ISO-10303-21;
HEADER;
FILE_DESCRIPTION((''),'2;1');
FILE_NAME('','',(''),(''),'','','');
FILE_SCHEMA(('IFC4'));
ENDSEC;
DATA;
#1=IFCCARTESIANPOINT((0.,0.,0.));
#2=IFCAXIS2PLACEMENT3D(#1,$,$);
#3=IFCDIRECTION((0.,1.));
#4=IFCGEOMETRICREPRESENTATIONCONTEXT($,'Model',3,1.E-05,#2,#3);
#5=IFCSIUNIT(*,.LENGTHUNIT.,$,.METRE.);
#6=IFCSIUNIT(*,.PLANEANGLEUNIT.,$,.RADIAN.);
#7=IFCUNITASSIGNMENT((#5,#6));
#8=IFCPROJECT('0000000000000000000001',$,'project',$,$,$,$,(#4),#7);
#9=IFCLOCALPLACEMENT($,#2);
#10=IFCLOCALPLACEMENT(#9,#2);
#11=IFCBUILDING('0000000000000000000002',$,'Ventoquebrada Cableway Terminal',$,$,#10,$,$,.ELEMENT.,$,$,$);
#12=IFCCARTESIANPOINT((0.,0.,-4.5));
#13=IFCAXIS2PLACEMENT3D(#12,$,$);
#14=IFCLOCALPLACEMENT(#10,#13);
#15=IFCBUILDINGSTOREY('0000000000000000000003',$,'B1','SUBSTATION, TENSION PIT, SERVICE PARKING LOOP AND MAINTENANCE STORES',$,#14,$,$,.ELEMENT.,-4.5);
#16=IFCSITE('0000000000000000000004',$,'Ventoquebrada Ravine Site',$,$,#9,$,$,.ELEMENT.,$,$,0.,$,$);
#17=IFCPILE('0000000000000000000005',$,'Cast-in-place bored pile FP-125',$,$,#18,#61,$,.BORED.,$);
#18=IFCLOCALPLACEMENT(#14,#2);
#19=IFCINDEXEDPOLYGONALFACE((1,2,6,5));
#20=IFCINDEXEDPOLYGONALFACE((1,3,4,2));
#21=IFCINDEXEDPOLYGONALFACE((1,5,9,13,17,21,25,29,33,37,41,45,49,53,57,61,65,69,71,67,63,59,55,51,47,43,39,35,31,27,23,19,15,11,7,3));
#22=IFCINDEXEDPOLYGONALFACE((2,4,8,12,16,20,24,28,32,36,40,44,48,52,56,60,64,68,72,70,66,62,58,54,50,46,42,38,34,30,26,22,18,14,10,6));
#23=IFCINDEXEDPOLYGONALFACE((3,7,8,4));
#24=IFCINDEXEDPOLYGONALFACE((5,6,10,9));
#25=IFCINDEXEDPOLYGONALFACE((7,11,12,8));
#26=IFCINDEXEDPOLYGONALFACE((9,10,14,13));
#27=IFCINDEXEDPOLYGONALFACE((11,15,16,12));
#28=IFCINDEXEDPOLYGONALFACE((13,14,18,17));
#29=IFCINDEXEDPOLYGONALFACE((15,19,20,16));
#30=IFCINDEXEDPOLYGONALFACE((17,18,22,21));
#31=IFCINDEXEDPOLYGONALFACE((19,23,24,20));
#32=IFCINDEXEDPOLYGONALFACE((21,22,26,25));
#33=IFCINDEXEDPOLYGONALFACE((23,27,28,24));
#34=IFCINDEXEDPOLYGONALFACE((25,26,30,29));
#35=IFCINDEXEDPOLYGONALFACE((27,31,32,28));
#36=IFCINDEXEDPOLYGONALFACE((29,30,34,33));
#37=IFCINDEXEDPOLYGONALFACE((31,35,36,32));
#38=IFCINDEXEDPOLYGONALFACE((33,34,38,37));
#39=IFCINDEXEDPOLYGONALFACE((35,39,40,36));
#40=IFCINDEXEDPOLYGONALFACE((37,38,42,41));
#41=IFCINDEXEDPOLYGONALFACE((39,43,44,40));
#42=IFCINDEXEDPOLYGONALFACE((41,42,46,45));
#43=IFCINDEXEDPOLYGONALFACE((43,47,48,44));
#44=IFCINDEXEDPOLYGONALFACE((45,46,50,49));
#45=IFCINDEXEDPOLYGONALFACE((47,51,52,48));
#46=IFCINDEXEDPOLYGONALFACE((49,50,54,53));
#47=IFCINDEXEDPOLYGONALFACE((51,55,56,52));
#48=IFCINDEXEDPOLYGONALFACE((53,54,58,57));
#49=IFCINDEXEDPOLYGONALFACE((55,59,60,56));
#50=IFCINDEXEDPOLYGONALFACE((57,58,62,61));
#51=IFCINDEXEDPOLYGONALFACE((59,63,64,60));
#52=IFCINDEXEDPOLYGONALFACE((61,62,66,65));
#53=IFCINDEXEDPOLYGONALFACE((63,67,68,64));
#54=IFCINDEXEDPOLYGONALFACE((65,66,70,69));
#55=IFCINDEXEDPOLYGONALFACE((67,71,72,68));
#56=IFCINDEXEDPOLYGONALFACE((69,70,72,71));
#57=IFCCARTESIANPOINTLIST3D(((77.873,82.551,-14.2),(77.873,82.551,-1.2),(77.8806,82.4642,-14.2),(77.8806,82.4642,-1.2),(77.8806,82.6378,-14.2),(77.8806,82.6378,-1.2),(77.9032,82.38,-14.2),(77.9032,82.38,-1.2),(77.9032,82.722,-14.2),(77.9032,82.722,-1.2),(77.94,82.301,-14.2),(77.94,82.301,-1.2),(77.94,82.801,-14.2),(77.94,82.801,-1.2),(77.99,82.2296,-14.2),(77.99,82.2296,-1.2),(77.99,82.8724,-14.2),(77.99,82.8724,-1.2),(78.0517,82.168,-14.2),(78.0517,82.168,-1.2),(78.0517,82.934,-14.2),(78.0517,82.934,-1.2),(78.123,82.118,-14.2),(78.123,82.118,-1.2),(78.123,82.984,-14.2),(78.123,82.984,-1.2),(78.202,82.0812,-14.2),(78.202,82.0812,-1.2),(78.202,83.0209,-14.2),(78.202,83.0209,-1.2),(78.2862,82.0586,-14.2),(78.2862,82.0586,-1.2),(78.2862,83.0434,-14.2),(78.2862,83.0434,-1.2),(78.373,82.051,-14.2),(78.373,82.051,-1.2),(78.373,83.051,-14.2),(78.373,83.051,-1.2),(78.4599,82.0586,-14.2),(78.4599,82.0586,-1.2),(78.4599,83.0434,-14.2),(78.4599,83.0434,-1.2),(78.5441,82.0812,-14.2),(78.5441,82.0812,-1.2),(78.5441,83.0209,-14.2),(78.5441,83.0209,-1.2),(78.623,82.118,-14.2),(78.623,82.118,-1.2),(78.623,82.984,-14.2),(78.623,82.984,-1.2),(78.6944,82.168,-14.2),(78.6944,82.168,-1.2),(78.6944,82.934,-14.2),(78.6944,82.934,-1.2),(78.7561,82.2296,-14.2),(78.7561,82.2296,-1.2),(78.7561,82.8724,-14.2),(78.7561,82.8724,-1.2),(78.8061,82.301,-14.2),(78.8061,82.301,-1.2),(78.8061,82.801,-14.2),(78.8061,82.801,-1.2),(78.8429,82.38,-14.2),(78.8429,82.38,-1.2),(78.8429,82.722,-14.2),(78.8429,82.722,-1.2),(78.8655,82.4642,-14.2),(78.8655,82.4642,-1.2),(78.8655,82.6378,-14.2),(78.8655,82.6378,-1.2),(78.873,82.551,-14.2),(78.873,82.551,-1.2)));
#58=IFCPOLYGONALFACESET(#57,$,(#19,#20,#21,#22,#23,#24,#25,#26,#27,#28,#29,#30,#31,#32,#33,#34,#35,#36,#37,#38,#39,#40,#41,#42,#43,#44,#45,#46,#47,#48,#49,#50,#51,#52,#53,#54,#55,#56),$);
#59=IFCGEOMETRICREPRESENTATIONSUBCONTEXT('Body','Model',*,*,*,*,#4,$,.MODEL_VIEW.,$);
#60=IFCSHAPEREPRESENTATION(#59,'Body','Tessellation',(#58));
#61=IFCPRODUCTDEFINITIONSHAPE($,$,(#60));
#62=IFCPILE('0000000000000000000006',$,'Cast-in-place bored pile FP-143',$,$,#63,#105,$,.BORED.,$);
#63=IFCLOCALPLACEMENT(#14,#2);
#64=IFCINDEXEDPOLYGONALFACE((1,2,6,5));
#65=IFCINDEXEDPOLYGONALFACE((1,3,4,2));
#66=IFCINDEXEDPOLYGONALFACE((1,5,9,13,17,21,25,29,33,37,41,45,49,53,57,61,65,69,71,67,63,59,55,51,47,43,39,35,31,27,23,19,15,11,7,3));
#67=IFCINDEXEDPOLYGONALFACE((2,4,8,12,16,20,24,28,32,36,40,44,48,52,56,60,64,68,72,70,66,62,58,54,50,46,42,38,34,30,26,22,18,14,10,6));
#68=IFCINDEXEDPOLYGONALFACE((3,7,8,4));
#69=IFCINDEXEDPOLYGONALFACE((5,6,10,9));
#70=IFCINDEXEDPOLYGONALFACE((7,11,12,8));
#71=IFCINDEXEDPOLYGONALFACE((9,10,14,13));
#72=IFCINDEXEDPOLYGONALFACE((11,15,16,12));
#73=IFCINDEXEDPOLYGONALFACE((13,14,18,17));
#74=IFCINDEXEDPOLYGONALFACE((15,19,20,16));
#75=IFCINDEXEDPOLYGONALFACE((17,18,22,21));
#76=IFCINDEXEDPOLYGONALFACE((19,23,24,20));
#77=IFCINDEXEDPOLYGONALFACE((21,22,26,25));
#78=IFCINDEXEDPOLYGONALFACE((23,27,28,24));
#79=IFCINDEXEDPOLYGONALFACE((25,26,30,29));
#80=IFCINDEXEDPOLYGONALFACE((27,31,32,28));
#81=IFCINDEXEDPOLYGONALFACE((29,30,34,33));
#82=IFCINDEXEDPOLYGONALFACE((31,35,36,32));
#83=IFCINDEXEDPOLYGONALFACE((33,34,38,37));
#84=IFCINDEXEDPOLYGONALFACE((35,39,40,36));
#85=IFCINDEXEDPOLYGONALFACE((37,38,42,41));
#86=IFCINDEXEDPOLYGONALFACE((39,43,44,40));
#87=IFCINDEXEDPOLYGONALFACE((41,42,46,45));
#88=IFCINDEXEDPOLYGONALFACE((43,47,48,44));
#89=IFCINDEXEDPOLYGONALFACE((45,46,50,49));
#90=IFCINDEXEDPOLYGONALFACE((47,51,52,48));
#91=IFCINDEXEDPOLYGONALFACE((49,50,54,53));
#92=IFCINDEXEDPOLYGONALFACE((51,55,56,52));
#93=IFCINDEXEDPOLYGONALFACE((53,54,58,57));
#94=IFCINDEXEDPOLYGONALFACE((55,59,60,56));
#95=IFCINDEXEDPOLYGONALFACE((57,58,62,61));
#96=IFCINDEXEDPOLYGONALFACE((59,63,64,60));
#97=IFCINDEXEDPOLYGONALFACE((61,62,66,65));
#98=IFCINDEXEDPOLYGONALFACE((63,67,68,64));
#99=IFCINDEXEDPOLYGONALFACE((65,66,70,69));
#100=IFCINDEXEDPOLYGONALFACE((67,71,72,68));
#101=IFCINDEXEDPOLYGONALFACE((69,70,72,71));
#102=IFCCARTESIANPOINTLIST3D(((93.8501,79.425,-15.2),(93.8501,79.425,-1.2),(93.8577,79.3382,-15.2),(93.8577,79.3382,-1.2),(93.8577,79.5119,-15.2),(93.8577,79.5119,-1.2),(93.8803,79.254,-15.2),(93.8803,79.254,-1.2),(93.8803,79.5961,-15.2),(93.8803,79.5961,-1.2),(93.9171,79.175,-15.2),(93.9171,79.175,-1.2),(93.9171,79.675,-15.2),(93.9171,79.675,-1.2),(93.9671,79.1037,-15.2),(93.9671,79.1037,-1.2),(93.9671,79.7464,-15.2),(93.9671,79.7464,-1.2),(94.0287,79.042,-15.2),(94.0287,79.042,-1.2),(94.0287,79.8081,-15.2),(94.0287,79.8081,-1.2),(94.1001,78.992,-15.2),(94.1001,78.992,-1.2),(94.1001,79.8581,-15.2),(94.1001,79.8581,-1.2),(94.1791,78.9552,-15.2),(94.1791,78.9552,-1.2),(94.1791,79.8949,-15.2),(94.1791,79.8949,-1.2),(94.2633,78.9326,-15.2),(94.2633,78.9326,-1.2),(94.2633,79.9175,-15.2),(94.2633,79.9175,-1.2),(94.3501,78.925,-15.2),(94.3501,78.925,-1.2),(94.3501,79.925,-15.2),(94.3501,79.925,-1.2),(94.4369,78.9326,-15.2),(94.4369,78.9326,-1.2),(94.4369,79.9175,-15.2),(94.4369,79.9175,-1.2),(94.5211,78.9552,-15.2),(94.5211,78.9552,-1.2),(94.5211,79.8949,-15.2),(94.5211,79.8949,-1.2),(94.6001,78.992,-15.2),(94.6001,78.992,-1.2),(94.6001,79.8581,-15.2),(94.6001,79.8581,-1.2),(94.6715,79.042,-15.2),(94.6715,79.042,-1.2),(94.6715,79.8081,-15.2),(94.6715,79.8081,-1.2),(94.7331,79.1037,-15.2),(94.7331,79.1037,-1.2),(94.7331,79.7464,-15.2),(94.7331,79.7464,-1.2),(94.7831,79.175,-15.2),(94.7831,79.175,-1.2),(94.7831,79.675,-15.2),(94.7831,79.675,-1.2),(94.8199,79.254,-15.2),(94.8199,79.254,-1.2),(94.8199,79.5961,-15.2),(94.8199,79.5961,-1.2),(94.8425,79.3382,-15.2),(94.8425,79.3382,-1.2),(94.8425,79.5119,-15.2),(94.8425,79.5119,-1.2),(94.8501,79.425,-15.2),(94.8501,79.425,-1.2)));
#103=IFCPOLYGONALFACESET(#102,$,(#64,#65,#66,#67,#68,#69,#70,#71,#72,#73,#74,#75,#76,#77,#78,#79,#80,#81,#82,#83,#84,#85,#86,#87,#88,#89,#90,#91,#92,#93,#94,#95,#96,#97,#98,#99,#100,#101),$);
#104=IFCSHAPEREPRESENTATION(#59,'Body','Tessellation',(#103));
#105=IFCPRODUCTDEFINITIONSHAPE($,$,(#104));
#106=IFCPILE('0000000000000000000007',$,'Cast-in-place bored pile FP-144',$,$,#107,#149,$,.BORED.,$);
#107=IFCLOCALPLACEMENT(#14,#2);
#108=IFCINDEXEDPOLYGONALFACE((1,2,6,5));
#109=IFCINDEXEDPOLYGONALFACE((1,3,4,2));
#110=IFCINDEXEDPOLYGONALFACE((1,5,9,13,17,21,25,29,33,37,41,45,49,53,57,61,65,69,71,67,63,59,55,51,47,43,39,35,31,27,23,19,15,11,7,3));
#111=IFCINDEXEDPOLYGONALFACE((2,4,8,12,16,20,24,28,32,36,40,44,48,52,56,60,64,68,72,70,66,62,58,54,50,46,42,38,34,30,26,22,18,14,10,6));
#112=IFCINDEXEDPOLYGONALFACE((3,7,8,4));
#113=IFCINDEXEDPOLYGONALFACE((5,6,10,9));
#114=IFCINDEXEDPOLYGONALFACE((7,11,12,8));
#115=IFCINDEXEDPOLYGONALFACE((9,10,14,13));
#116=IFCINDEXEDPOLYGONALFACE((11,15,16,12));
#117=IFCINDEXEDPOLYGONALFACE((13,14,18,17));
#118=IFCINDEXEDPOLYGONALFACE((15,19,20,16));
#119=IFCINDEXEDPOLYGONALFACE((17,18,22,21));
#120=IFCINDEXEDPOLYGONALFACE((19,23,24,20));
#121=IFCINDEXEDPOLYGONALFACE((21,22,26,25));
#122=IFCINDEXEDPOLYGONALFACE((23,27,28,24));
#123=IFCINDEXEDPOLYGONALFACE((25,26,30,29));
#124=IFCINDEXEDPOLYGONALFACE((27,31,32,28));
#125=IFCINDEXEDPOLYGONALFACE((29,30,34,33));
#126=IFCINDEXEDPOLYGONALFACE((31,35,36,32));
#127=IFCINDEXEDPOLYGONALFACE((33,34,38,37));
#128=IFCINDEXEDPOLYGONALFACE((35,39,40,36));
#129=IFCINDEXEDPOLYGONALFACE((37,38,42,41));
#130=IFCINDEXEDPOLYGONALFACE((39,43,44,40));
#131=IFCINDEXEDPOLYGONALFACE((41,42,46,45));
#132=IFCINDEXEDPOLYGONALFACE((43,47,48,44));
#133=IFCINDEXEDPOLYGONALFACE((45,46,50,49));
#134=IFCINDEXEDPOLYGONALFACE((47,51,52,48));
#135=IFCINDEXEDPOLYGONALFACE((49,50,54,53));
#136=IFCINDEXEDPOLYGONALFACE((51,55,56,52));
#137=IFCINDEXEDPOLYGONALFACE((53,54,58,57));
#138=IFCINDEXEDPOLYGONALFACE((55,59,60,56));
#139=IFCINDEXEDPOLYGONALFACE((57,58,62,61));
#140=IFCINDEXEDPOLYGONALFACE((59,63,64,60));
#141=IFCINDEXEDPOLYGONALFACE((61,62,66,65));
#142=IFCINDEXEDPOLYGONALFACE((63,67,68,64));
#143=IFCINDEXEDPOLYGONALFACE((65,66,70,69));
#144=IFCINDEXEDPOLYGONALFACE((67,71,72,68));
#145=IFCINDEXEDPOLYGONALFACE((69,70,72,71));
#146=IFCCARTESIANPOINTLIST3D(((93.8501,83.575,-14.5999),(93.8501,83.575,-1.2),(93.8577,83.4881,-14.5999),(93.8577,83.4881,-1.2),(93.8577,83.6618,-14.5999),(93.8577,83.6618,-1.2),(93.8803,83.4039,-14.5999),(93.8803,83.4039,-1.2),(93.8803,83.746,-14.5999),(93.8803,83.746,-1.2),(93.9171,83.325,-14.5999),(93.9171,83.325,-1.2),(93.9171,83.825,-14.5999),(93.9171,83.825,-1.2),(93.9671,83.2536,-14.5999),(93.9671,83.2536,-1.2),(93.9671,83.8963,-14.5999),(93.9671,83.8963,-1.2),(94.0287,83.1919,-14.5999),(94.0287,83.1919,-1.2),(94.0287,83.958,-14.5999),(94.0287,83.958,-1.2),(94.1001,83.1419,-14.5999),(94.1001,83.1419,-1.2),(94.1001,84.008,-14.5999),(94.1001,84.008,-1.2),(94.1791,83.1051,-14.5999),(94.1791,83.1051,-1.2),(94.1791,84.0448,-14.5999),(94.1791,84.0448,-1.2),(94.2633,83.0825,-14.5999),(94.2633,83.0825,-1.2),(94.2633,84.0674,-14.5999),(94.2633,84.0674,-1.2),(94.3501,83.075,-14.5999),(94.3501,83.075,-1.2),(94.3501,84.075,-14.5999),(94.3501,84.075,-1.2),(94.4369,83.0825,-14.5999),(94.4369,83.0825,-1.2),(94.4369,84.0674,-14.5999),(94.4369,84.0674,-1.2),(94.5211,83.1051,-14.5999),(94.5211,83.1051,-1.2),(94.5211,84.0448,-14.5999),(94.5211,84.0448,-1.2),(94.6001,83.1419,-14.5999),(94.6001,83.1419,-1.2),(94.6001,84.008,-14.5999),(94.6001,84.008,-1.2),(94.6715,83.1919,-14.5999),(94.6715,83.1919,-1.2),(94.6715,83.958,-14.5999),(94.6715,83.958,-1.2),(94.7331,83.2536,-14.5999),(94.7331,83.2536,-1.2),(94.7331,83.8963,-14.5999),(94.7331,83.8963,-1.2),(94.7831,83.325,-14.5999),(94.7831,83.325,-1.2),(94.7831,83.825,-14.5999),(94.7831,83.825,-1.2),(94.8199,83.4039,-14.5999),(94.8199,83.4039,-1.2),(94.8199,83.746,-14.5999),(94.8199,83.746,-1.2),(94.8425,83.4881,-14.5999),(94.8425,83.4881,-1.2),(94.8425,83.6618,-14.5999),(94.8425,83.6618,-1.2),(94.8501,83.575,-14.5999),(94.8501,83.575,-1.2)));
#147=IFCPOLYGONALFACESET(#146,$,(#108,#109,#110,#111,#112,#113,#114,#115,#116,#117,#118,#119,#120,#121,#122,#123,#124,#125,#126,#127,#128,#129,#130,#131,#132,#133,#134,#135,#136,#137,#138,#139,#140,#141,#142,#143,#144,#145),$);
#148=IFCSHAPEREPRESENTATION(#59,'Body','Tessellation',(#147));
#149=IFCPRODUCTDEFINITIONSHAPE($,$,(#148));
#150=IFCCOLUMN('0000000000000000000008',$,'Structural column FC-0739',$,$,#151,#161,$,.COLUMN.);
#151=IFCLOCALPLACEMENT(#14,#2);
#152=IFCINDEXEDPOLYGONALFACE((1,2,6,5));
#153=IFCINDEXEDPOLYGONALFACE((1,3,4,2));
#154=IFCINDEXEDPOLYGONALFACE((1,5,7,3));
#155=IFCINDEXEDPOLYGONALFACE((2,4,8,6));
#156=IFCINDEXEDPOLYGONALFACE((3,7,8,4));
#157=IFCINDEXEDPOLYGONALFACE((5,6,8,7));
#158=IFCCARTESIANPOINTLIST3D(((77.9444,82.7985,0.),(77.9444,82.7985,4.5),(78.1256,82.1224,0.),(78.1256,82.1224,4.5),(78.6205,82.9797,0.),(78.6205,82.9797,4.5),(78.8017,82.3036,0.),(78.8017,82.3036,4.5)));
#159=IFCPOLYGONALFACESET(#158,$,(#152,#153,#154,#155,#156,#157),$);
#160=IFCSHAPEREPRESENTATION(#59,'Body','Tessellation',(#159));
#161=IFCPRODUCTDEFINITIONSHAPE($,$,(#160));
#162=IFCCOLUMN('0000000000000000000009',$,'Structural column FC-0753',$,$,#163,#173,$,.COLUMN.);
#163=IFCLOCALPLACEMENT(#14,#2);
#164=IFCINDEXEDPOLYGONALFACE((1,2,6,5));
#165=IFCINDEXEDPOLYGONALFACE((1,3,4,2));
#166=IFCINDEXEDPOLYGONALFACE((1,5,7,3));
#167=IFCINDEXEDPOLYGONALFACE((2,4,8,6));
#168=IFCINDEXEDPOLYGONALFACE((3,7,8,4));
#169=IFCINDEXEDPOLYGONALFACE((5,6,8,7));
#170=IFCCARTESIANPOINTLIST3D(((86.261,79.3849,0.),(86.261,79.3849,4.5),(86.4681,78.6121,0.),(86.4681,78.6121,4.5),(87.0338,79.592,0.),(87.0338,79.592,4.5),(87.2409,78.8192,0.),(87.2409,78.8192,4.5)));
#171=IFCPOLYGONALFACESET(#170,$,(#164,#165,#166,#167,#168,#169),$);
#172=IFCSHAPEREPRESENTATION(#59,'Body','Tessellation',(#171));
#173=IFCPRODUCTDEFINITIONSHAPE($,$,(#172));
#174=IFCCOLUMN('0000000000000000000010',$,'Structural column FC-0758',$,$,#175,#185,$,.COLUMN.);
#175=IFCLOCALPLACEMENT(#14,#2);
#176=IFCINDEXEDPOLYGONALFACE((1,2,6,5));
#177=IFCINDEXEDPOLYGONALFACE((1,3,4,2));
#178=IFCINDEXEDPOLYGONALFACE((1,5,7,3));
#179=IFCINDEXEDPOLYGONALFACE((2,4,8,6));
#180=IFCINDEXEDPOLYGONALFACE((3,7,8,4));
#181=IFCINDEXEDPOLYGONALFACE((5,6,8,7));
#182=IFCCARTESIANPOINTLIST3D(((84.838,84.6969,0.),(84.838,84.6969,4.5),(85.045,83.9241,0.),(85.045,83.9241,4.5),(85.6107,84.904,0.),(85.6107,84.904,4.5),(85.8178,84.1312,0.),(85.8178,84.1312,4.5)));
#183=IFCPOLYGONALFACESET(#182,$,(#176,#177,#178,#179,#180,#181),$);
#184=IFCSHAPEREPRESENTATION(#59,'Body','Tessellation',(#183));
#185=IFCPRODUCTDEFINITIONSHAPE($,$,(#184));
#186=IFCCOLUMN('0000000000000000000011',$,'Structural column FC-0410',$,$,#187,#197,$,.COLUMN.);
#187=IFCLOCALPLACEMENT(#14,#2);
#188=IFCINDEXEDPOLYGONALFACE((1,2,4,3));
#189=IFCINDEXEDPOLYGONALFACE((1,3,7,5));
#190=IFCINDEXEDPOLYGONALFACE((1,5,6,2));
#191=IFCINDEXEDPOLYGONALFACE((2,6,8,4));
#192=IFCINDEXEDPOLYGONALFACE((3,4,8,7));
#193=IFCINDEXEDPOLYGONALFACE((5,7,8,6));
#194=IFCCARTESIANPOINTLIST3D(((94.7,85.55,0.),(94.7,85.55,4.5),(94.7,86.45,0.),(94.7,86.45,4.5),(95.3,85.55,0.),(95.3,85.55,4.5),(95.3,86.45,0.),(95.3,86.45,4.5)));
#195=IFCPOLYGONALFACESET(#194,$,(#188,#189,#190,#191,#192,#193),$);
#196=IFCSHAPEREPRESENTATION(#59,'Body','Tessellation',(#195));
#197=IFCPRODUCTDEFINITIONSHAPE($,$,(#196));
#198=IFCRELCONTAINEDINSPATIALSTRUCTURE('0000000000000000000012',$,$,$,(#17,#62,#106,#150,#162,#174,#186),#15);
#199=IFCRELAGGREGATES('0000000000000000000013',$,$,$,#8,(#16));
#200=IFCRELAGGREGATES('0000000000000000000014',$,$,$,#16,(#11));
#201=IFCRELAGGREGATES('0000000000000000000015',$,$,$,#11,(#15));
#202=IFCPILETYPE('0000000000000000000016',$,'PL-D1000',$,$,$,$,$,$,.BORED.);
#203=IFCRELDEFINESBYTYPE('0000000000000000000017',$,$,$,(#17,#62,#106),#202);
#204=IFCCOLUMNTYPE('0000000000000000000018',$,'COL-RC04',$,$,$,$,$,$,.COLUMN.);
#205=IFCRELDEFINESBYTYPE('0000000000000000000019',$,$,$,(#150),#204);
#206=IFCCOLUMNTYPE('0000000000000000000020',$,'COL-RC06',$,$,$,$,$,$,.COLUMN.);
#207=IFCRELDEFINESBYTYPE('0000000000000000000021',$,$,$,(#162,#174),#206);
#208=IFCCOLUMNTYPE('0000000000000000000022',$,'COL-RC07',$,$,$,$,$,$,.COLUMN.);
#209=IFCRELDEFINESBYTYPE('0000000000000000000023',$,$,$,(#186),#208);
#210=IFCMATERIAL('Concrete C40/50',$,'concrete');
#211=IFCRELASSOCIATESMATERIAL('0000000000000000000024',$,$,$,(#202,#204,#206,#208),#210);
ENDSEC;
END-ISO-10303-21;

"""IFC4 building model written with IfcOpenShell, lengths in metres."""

from ifc_helpers import new_model, si_unit, direction, frame, origin, origin_2d, place, context, subcontext, project, spatial, rectangle, circle, extrude, material, material_profile, profile_set, type_object, element, save


model = new_model("IFC4")

# Units and contexts
model_context = context("Model", 3, precision=1e-05, world=origin(), true_north=direction((0.0, 1.0)))
body_context = subcontext(model_context, "Body", "Model", "MODEL_VIEW")
ifc_project = project(units=[si_unit("LENGTHUNIT", "METRE"), si_unit("PLANEANGLEUNIT", "RADIAN")], contexts=[model_context])

# Site, building, storey
site_placement = place(None, origin())
site = spatial("IfcSite", under=ifc_project, at=site_placement, Name="Ventoquebrada Ravine Site", CompositionType="ELEMENT", RefElevation=0.0)
building_placement = place(site_placement, origin())
building = spatial("IfcBuilding", under=site, at=building_placement, Name="Ventoquebrada Cableway Terminal", CompositionType="ELEMENT")
storey_placement = place(building_placement, frame((0.0, 0.0, -4.5)))
storey = spatial("IfcBuildingStorey", under=building, at=storey_placement, Name="B1", Description="SUBSTATION, TENSION PIT, SERVICE PARKING LOOP AND MAINTENANCE STORES", CompositionType="ELEMENT", Elevation=-4.5)

# Shared definitions
ifc_material = material(Name="Concrete C40/50", Category="concrete")

# Piles
ifc_material_profile_1 = material_profile(ifc_material, circle(Radius=0.5, at=origin_2d()), Name="PILE-D1000")
ifc_profile_set_1 = profile_set([ifc_material_profile_1], Name="Concrete C40/50")
pile_type = type_object("IfcPileType", Name="PL-D1000", PredefinedType="BORED", material=ifc_profile_set_1)
pile_1_placement = place(storey_placement, frame((78.373, 82.551, -1.2), z_axis=(0.0, 0.0, -1.0), x_axis=(1.0, 0.0, 0.0)))
element("IfcPile", 1, at=pile_1_placement, inside=storey, type_object=pile_type, Name="Cast-in-place bored pile FP-125", PredefinedType="BORED", context=body_context, shape_type="SweptSolid", body=[
    extrude(circle(Radius=0.5, at=origin_2d()), origin(), (0.0, 0.0, 1.0), 13.0),
])
pile_2_placement = place(storey_placement, frame((94.3501, 79.425, -1.2), z_axis=(0.0, 0.0, -1.0), x_axis=(1.0, 0.0, 0.0)))
element("IfcPile", 2, at=pile_2_placement, inside=storey, type_object=pile_type, Name="Cast-in-place bored pile FP-143", PredefinedType="BORED", context=body_context, shape_type="SweptSolid", body=[
    extrude(circle(Radius=0.5, at=origin_2d()), origin(), (0.0, 0.0, 1.0), 14.0),
])
pile_3_placement = place(storey_placement, frame((94.3501, 83.575, -1.2), z_axis=(0.0, 0.0, -1.0), x_axis=(1.0, 0.0, 0.0)))
element("IfcPile", 3, at=pile_3_placement, inside=storey, type_object=pile_type, Name="Cast-in-place bored pile FP-144", PredefinedType="BORED", context=body_context, shape_type="SweptSolid", body=[
    extrude(circle(Radius=0.5, at=origin_2d()), origin(), (0.0, 0.0, 1.0), 13.3999),
])

# Columns
ifc_material_profile_2 = material_profile(ifc_material, rectangle(XDim=0.7, YDim=0.7, at=origin_2d()), Name="RC-COL-700X700")
ifc_profile_set_2 = profile_set([ifc_material_profile_2], Name="Concrete C40/50")
column_type_1 = type_object("IfcColumnType", Name="COL-RC04", PredefinedType="COLUMN", material=ifc_profile_set_2)
column_1_placement = place(storey_placement, frame((78.373, 82.551, 0.0), z_axis=(0.0, 0.0, 1.0), x_axis=(0.965926, 0.258819, 0.0)))
element("IfcColumn", 4, at=column_1_placement, inside=storey, type_object=column_type_1, Name="Structural column FC-0739", PredefinedType="COLUMN", context=body_context, shape_type="SweptSolid", body=[
    extrude(rectangle(XDim=0.7, YDim=0.7, at=origin_2d()), origin(), (0.0, 0.0, 1.0), 4.5),
])
ifc_material_profile_3 = material_profile(ifc_material, rectangle(XDim=0.8, YDim=0.8, at=origin_2d()), Name="RC-COL-800X800")
ifc_profile_set_3 = profile_set([ifc_material_profile_3], Name="Concrete C40/50")
column_type_2 = type_object("IfcColumnType", Name="COL-RC06", PredefinedType="COLUMN", material=ifc_profile_set_3)
for number, where, z_axis, x_axis, name in (
    (5, (86.751, 79.1021, 0.0), (0.0, 0.0, 1.0), (0.965926, 0.258819, 0.0), "Structural column FC-0753"),
    (6, (85.3279, 84.4141, 0.0), (0.0, 0.0, 1.0), (0.965926, 0.258819, 0.0), "Structural column FC-0758"),
):
    element("IfcColumn", number, at=place(storey_placement, frame(where, z_axis=z_axis, x_axis=x_axis)), inside=storey, type_object=column_type_2, Name=name, PredefinedType="COLUMN", context=body_context, shape_type="SweptSolid", body=[
        extrude(rectangle(XDim=0.8, YDim=0.8, at=origin_2d()), origin(), (0.0, 0.0, 1.0), 4.5),
    ])
ifc_material_profile_4 = material_profile(ifc_material, rectangle(XDim=0.6001, YDim=0.8999, at=origin_2d()), Name="RC-COL-900X600")
ifc_profile_set_4 = profile_set([ifc_material_profile_4], Name="Concrete C40/50")
column_type_3 = type_object("IfcColumnType", Name="COL-RC07", PredefinedType="COLUMN", material=ifc_profile_set_4)
column_2_placement = place(storey_placement, frame((95.0, 86.0, 0.0), z_axis=(0.0, 0.0, 1.0), x_axis=(1.0, 0.0, 0.0)))
element("IfcColumn", 7, at=column_2_placement, inside=storey, type_object=column_type_3, Name="Structural column FC-0410", PredefinedType="COLUMN", context=body_context, shape_type="SweptSolid", body=[
    extrude(rectangle(XDim=0.6001, YDim=0.8999, at=origin_2d()), origin(), (0.0, 0.0, 1.0), 4.5),
])

save(model, "model.ifc")
